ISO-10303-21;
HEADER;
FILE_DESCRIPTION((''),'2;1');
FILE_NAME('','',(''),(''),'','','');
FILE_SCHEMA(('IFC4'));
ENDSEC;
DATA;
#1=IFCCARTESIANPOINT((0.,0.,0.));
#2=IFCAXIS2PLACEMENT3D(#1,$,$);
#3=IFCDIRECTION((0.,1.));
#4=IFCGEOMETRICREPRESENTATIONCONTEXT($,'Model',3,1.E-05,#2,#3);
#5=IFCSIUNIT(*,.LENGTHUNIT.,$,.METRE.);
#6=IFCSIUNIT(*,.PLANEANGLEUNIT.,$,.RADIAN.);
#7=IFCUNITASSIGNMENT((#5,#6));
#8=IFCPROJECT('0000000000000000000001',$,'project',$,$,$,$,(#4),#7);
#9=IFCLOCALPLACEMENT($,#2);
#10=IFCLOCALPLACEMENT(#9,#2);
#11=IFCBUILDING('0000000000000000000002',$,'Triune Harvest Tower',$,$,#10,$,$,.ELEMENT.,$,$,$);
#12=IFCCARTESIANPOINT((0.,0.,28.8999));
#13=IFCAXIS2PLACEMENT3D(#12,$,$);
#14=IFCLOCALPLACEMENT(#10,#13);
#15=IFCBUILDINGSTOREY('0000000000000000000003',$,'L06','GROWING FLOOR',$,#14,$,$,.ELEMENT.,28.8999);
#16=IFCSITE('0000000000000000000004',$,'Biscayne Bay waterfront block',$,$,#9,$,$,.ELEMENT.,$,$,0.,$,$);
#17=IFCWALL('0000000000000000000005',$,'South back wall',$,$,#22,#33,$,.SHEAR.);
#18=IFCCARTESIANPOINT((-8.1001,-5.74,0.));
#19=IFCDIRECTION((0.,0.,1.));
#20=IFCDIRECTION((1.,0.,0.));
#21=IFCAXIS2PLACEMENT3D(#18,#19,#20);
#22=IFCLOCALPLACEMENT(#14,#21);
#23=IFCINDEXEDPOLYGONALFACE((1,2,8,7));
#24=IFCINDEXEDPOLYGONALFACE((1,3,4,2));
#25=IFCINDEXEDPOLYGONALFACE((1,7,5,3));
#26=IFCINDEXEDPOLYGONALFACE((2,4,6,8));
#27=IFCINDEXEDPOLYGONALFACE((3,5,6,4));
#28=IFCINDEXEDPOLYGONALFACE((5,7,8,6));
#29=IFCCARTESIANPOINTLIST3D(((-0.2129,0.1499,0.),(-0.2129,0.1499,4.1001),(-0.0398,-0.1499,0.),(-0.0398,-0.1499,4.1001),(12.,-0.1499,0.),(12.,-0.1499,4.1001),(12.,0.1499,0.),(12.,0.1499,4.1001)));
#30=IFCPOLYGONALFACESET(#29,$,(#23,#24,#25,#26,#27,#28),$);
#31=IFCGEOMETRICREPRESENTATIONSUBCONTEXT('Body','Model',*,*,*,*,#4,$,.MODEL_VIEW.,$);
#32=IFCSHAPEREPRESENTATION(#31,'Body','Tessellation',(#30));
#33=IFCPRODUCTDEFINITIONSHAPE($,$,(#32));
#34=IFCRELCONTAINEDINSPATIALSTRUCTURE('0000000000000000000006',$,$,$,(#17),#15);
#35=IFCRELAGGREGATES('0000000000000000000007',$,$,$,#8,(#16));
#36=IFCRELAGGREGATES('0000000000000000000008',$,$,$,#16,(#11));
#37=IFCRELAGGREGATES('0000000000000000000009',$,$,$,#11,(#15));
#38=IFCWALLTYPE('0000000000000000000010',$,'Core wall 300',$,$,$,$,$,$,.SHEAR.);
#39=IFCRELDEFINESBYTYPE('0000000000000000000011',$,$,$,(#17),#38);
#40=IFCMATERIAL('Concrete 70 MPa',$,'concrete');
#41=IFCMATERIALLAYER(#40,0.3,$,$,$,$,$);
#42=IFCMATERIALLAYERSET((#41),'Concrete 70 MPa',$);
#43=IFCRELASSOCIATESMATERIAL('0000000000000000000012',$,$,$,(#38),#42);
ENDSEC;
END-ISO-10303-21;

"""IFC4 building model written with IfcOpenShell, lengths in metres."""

from ifc_helpers import new_model, si_unit, direction, frame, origin, place, context, subcontext, project, spatial, polyline, outline, extrude, source, transform, mapped, material, layer, layer_set, type_object, element, save


model = new_model("IFC4")

# Units and contexts
model_context = context("Model", 3, precision=1e-05, world=origin(), true_north=direction((0.0, 1.0)))
body_context = subcontext(model_context, "Body", "Model", "MODEL_VIEW")
ifc_project = project(units=[si_unit("LENGTHUNIT", "METRE"), si_unit("PLANEANGLEUNIT", "RADIAN")], contexts=[model_context])

# Site, building, storey
site_placement = place(None, origin())
site = spatial("IfcSite", under=ifc_project, at=site_placement, Name="Biscayne Bay waterfront block", CompositionType="ELEMENT", RefElevation=0.0)
building_placement = place(site_placement, origin())
building = spatial("IfcBuilding", under=site, at=building_placement, Name="Triune Harvest Tower", CompositionType="ELEMENT")
storey_placement = place(building_placement, frame((0.0, 0.0, 28.8999)))
storey = spatial("IfcBuildingStorey", under=building, at=storey_placement, Name="L06", Description="GROWING FLOOR", CompositionType="ELEMENT", Elevation=28.8999)

# Shared definitions
ifc_material_1 = material(Name="Concrete 70 MPa", Category="concrete")
ifc_layer_1 = layer(ifc_material_1, 0.3)
ifc_layer_set_1 = layer_set([ifc_layer_1], Name="Concrete 70 MPa")
wall_type_1 = type_object("IfcWallType", Name="Core wall 300", PredefinedType="SHEAR", material=ifc_layer_set_1)

# Wall
shared_shape_1 = source(origin(), body_context, "Body", "SweptSolid", [
    extrude(outline(polyline([(12.0, -0.1499), (-0.0398, -0.1499), (-0.2129, 0.1499), (12.0, 0.1499), (12.0, -0.1499)])), origin(), (0.0, 0.0, 1.0), 4.1001),
])
wall_1_placement = place(storey_placement, frame((-8.1001, -5.74, 0.0), z_axis=(0.0, 0.0, 1.0), x_axis=(1.0, 0.0, 0.0)))
element("IfcWall", 1, at=wall_1_placement, inside=storey, type_object=wall_type_1, Name="South back wall", PredefinedType="SHEAR", context=body_context, shape_type="MappedRepresentation", body=[
    mapped(shared_shape_1, transform((0.0, 0.0, 0.0), scale=1.0)),
])

save(model, "model.ifc")
